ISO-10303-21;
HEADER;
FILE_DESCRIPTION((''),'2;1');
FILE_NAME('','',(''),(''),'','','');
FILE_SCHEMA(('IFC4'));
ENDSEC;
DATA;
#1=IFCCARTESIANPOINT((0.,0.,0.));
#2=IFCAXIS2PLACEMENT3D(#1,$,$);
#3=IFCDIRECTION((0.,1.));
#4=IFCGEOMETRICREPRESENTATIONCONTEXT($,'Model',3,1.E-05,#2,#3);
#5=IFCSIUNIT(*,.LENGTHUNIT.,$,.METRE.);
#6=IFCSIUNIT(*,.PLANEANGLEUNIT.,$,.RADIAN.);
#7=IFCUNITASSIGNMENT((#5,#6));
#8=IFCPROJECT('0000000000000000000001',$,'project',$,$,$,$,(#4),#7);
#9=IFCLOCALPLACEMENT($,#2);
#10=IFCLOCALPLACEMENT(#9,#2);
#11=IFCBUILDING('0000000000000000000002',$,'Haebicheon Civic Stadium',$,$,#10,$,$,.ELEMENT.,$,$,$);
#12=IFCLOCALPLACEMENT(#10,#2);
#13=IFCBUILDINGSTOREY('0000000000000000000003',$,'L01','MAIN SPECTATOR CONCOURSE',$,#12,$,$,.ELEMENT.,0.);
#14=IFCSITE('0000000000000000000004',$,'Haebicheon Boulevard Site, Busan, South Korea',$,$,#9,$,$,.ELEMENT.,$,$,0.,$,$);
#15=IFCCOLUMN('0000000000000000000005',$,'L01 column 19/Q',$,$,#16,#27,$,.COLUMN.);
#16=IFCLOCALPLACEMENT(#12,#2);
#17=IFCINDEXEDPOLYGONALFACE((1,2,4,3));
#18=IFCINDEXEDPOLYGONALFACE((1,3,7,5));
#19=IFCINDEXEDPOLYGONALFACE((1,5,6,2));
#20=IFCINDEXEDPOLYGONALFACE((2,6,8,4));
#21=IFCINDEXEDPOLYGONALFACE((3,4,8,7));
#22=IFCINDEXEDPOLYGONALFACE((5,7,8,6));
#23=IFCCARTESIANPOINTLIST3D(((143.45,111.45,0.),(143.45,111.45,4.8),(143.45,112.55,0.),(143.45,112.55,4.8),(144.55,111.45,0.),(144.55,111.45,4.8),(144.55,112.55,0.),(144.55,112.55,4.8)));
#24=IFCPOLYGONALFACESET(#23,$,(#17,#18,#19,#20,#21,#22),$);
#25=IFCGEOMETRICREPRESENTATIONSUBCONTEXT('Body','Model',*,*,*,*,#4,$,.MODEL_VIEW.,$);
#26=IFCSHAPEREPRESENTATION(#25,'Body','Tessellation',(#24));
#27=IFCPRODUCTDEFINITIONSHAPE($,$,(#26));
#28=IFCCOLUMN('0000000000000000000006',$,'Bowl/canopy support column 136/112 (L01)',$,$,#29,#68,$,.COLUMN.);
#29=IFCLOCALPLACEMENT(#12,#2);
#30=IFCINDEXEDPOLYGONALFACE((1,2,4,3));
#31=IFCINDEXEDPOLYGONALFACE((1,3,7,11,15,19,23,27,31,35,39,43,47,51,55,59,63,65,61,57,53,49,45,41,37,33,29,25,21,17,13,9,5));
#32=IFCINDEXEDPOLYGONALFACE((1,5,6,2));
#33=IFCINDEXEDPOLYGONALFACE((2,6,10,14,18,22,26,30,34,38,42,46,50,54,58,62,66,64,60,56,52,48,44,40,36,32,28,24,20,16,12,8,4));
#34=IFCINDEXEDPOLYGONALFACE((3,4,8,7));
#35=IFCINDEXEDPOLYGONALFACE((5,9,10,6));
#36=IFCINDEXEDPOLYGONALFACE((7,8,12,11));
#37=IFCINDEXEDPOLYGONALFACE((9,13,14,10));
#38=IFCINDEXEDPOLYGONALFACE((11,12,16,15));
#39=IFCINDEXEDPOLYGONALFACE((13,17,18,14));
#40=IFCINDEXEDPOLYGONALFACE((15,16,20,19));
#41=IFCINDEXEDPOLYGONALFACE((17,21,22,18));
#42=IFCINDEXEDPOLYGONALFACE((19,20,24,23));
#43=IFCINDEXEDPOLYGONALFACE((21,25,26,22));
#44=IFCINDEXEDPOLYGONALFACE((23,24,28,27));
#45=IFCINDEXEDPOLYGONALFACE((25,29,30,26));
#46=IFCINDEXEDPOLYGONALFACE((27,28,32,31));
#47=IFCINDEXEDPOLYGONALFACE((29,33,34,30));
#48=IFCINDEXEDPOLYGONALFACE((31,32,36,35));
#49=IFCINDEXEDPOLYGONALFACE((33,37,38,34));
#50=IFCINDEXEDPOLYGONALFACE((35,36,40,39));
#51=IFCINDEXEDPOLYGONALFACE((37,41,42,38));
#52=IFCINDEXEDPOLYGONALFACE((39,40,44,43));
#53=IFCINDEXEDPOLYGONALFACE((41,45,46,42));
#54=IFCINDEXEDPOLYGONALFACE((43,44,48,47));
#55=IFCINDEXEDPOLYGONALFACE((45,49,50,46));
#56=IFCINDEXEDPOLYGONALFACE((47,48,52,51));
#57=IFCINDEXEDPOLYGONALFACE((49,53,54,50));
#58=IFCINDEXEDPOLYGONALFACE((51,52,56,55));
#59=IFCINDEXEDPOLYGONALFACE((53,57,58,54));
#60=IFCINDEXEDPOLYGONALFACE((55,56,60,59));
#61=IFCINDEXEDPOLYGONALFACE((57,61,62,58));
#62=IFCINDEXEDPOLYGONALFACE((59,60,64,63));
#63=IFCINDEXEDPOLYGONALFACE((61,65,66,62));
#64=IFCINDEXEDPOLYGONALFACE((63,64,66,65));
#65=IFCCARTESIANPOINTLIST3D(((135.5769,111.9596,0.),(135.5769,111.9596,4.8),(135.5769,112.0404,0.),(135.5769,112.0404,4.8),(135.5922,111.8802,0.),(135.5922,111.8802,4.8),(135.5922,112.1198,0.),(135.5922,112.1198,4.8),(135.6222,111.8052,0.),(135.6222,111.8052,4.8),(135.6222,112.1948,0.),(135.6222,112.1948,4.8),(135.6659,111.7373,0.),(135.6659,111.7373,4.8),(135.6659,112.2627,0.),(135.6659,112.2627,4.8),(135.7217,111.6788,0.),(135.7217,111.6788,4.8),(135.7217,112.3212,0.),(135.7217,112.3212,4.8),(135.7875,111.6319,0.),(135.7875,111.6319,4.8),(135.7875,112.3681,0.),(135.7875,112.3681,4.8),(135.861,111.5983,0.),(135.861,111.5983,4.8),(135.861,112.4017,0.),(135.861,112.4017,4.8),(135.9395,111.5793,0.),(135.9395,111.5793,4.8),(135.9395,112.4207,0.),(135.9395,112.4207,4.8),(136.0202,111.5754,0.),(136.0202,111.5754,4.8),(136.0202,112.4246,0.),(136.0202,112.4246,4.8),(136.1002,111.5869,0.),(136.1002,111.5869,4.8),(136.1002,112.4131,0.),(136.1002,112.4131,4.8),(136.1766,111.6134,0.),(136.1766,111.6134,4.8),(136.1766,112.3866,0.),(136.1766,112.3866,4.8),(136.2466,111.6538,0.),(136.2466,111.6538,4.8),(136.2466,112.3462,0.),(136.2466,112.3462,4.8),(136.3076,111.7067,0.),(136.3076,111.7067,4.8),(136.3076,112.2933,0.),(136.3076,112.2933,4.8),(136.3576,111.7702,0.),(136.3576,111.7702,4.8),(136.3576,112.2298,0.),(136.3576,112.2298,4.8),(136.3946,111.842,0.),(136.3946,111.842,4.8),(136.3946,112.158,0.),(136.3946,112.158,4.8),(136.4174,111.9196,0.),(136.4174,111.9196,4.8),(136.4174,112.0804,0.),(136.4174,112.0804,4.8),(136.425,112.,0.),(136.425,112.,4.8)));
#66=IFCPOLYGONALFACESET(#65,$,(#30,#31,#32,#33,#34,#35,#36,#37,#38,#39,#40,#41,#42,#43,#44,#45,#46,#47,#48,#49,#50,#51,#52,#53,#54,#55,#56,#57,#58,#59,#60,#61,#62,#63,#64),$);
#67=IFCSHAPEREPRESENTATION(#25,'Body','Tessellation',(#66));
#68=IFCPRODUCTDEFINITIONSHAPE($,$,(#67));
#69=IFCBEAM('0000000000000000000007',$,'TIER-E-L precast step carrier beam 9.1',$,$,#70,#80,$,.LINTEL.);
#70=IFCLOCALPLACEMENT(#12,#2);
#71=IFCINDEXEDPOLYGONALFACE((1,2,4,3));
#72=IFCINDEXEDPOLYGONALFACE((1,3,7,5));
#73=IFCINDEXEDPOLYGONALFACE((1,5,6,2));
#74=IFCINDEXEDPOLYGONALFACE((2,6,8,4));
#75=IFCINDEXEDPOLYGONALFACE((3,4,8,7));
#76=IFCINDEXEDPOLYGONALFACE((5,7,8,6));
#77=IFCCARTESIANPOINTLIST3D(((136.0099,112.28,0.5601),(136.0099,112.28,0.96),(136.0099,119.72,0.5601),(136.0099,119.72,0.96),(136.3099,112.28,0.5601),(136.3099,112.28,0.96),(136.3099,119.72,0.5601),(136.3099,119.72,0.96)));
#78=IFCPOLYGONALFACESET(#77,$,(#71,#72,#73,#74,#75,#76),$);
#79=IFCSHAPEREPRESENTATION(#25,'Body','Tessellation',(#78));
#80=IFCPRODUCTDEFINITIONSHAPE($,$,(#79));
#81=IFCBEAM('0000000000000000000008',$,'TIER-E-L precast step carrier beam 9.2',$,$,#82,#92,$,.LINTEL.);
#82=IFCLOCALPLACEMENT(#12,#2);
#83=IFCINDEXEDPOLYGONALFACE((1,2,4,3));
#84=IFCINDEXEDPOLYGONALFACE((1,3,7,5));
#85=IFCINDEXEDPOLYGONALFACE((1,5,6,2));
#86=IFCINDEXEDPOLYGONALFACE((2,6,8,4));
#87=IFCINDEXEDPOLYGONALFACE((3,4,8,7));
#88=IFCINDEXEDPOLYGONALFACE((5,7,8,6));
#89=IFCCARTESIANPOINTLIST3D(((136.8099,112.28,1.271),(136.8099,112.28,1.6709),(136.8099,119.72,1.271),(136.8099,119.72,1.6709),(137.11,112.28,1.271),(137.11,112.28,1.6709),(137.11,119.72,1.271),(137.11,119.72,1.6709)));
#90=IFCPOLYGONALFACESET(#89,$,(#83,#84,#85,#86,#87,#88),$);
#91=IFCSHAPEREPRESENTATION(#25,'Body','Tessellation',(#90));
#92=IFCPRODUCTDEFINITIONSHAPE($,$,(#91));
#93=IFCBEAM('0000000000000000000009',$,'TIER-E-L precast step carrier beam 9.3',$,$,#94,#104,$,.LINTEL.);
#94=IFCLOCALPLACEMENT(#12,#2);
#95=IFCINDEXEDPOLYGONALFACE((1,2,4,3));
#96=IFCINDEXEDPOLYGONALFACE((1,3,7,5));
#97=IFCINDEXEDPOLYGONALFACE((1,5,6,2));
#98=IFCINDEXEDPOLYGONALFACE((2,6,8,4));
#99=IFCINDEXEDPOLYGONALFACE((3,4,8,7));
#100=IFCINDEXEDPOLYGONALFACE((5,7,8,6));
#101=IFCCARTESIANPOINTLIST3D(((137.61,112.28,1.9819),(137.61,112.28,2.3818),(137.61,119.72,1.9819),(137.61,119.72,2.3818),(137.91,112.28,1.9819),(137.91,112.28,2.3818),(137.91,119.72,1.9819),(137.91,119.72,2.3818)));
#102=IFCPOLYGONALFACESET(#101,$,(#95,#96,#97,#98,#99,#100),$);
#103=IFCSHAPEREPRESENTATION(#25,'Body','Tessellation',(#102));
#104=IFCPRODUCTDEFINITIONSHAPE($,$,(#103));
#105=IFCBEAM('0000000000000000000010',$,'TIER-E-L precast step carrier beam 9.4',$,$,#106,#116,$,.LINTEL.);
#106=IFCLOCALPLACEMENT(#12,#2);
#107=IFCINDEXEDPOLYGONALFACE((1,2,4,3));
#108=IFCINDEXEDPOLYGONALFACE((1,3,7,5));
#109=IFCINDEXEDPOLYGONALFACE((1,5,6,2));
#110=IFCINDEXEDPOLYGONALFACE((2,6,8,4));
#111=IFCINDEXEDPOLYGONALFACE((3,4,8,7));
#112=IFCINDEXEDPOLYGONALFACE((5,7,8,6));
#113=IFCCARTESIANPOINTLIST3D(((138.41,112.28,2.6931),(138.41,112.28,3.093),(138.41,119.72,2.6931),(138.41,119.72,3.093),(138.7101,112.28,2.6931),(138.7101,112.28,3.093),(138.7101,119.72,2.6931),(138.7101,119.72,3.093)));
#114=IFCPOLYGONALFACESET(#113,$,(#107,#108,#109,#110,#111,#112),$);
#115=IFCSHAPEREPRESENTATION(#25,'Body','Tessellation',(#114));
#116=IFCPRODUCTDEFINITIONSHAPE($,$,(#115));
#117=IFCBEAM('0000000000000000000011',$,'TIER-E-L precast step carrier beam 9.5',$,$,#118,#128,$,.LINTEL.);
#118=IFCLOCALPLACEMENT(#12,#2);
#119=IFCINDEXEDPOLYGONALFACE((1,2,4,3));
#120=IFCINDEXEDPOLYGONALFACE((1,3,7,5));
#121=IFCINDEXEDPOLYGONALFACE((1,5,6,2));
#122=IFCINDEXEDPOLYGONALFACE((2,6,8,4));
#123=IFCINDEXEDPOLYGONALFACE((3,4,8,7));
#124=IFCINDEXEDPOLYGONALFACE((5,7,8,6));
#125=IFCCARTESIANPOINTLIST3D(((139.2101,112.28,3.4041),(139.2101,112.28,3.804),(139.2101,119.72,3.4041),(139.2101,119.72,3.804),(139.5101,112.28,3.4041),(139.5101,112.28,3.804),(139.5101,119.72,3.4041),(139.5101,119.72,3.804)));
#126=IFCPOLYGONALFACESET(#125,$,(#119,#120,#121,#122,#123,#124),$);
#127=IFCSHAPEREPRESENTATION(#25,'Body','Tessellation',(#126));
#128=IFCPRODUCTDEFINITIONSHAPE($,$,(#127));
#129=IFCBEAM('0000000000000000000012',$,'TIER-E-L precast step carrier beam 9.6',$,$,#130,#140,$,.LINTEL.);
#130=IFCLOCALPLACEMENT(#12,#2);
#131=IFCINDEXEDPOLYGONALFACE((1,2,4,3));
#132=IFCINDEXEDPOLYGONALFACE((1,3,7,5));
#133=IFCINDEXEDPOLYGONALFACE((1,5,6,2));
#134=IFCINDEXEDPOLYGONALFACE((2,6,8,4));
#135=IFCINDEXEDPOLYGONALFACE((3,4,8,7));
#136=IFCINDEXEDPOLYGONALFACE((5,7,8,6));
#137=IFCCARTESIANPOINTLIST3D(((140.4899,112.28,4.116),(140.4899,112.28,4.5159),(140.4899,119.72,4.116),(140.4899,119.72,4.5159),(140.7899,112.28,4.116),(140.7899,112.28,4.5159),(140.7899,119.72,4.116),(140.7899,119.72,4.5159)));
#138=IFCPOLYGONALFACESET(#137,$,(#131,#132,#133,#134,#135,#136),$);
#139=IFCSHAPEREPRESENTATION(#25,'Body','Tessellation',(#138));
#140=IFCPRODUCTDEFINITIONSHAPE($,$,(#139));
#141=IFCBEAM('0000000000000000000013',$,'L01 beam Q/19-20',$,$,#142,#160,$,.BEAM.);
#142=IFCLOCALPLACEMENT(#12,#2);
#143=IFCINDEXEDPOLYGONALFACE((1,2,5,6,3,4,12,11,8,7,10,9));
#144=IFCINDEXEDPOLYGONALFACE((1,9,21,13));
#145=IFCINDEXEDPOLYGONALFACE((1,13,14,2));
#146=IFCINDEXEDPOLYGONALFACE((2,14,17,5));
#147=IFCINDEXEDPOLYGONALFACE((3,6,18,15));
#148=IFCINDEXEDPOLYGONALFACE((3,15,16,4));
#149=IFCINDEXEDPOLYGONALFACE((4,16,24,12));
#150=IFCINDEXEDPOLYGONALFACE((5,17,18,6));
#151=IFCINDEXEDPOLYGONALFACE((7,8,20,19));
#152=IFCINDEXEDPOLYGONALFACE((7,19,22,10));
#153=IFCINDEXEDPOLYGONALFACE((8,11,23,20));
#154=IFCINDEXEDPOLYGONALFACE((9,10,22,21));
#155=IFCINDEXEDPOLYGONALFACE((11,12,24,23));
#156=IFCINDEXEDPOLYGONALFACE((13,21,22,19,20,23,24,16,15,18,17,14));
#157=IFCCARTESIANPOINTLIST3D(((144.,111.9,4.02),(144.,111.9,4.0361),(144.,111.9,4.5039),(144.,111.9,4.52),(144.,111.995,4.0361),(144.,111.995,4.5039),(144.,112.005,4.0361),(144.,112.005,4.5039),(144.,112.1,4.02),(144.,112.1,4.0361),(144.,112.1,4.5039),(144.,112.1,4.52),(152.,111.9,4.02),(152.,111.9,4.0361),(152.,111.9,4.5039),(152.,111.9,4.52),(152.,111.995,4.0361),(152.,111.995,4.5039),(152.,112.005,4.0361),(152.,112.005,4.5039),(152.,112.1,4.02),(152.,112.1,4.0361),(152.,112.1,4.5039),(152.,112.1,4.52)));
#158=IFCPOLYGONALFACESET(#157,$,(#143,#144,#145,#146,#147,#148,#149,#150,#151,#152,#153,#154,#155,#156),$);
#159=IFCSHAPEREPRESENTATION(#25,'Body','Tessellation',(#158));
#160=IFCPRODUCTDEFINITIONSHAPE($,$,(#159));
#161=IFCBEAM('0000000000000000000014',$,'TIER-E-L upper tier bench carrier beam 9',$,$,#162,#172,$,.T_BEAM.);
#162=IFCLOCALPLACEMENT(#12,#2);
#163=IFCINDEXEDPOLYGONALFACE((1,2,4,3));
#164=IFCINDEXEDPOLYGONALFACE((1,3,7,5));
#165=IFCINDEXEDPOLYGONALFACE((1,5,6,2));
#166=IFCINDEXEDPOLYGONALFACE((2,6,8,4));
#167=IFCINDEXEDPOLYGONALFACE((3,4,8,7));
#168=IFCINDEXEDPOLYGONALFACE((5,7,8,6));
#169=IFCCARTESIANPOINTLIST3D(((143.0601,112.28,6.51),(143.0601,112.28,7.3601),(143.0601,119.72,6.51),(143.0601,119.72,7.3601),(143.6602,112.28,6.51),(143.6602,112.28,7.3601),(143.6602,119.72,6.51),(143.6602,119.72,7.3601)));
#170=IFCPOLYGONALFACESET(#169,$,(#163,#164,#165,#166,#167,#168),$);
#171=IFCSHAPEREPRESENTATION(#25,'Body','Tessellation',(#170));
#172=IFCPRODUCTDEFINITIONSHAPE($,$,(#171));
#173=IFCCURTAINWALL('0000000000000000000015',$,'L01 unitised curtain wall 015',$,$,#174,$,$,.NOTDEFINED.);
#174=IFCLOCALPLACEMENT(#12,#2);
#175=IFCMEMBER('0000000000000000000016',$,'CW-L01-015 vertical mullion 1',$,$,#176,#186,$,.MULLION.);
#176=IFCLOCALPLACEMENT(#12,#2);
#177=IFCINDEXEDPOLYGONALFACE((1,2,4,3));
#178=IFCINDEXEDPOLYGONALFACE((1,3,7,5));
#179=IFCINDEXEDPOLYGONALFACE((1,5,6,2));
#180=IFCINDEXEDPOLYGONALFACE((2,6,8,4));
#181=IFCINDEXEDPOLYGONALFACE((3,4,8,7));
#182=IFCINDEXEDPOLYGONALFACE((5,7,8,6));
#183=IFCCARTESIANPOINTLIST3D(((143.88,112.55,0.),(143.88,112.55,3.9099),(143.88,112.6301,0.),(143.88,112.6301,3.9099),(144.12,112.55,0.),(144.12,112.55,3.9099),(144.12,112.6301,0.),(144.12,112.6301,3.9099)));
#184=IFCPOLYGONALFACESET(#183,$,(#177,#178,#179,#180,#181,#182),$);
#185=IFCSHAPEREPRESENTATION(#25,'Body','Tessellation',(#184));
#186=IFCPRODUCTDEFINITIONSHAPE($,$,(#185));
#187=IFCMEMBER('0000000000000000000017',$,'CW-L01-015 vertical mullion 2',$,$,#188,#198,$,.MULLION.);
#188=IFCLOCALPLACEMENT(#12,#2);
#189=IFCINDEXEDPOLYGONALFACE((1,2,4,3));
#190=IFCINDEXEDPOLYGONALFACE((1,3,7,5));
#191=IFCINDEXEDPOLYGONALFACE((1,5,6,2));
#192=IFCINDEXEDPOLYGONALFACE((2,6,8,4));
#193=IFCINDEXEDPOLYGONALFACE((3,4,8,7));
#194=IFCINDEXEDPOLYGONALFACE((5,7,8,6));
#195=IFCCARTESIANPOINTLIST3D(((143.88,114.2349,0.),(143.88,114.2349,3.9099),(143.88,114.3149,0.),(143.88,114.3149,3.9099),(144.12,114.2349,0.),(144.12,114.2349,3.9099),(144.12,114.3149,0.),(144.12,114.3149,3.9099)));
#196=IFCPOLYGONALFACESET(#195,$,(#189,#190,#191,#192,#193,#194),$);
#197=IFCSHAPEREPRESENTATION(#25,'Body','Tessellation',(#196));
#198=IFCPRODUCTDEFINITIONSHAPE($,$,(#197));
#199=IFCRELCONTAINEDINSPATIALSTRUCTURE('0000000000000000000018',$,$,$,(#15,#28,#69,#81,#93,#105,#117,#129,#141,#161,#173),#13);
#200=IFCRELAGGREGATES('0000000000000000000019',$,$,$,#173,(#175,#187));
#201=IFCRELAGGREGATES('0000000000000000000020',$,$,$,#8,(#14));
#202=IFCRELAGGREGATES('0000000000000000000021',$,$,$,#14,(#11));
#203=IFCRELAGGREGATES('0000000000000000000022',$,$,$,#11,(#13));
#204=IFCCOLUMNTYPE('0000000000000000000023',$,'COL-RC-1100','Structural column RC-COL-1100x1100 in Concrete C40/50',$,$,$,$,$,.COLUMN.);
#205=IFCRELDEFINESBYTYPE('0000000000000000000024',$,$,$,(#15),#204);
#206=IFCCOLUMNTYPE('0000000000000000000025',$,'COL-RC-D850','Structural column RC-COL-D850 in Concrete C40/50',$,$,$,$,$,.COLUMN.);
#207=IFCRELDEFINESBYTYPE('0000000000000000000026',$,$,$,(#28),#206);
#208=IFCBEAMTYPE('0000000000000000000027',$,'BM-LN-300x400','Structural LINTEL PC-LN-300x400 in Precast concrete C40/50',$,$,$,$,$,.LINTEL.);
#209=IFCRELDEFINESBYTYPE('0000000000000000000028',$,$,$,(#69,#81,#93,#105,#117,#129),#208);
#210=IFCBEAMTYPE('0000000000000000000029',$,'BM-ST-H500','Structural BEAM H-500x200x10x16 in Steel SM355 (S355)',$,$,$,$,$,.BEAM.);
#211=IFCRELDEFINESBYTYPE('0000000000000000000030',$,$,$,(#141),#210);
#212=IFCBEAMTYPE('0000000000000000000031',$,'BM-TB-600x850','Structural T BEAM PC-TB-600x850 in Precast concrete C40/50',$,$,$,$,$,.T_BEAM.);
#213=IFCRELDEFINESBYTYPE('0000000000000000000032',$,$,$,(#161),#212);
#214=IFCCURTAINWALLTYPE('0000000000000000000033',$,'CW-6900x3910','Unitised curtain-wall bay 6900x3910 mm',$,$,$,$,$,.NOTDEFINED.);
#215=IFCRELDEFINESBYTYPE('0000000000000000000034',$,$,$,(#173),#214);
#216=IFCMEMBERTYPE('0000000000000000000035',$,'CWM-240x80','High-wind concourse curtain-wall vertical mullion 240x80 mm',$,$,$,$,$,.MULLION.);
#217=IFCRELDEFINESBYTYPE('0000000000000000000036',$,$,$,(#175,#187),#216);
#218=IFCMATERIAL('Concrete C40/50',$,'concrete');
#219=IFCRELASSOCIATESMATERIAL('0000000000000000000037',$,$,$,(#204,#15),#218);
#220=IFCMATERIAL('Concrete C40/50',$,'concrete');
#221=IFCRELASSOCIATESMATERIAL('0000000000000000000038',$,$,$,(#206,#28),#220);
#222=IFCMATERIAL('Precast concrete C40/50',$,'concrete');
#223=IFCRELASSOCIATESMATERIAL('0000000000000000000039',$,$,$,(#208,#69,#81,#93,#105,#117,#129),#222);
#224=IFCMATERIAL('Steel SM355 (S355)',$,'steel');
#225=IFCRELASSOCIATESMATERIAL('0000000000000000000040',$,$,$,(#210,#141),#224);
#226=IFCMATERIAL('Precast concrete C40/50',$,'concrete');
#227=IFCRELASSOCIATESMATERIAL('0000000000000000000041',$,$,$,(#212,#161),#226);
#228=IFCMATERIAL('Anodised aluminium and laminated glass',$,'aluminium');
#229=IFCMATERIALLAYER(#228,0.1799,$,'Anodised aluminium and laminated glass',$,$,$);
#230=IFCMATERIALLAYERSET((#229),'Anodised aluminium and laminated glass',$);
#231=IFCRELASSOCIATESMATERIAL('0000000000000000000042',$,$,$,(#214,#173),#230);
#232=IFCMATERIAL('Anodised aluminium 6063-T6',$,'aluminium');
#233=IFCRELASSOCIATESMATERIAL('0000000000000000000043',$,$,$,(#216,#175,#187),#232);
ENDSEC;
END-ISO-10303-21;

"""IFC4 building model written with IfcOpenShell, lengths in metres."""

from ifc_helpers import new_model, si_unit, direction, frame, origin, origin_2d, place, context, subcontext, project, spatial, rectangle, circle, i_section, extrude, material, layer, layer_set, material_profile, profile_set, type_object, element, aggregate, save


model = new_model("IFC4")

# Units and contexts
model_context = context("Model", 3, precision=1e-05, world=origin(), true_north=direction((0.0, 1.0)))
body_context = subcontext(model_context, "Body", "Model", "MODEL_VIEW")
ifc_project = project(units=[si_unit("LENGTHUNIT", "METRE"), si_unit("PLANEANGLEUNIT", "RADIAN")], contexts=[model_context])

# Site, building, storey
site_placement = place(None, origin())
site = spatial("IfcSite", under=ifc_project, at=site_placement, Name="Haebicheon Boulevard Site, Busan, South Korea", CompositionType="ELEMENT", RefElevation=0.0)
building_placement = place(site_placement, origin())
building = spatial("IfcBuilding", under=site, at=building_placement, Name="Haebicheon Civic Stadium", CompositionType="ELEMENT")
storey_placement = place(building_placement, origin())
storey = spatial("IfcBuildingStorey", under=building, at=storey_placement, Name="L01", Description="MAIN SPECTATOR CONCOURSE", CompositionType="ELEMENT", Elevation=0.0)

# Columns
ifc_material_1 = material(Name="Concrete C40/50", Category="concrete")
ifc_material_profile_1 = material_profile(ifc_material_1, rectangle(XDim=1.1001, YDim=1.1001, at=origin_2d()), Name="RC-COL-1100x1100")
ifc_profile_set_1 = profile_set([ifc_material_profile_1], Name="Concrete C40/50")
column_type_1 = type_object("IfcColumnType", Name="COL-RC-1100", Description="Structural column RC-COL-1100x1100 in Concrete C40/50", PredefinedType="COLUMN", material=ifc_profile_set_1)
column_1_placement = place(storey_placement, frame((144.0, 112.0, 0.0), z_axis=(0.0, 0.0, 1.0), x_axis=(1.0, 0.0, 0.0)))
element("IfcColumn", 1, at=column_1_placement, inside=storey, type_object=column_type_1, material=ifc_profile_set_1, Name="L01 column 19/Q", PredefinedType="COLUMN", context=body_context, shape_type="SweptSolid", body=[
    extrude(rectangle(XDim=1.1001, YDim=1.1001, at=origin_2d()), origin(), (0.0, 0.0, 1.0), 4.8),
])
ifc_material_2 = material(Name="Concrete C40/50", Category="concrete")
ifc_material_profile_2 = material_profile(ifc_material_2, circle(Radius=0.425, at=origin_2d()), Name="RC-COL-D850")
ifc_profile_set_2 = profile_set([ifc_material_profile_2], Name="Concrete C40/50")
column_type_2 = type_object("IfcColumnType", Name="COL-RC-D850", Description="Structural column RC-COL-D850 in Concrete C40/50", PredefinedType="COLUMN", material=ifc_profile_set_2)
column_2_placement = place(storey_placement, frame((136.0, 112.0, 0.0), z_axis=(0.0, 0.0, 1.0), x_axis=(1.0, 0.0, 0.0)))
element("IfcColumn", 2, at=column_2_placement, inside=storey, type_object=column_type_2, material=ifc_profile_set_2, Name="Bowl/canopy support column 136/112 (L01)", PredefinedType="COLUMN", context=body_context, shape_type="SweptSolid", body=[
    extrude(circle(Radius=0.425, at=origin_2d()), origin(), (0.0, 0.0, 1.0), 4.8),
])

# Beams
ifc_material_3 = material(Name="Precast concrete C40/50", Category="concrete")
ifc_material_profile_3 = material_profile(ifc_material_3, rectangle(XDim=0.3, YDim=0.3999, at=origin_2d()), Name="PC-LN-300x400")
ifc_profile_set_3 = profile_set([ifc_material_profile_3], Name="Precast concrete C40/50")
beam_type_1 = type_object("IfcBeamType", Name="BM-LN-300x400", Description="Structural LINTEL PC-LN-300x400 in Precast concrete C40/50", PredefinedType="LINTEL", material=ifc_profile_set_3)
for number, where, z_axis, x_axis, name in (
    (3, (136.1599, 112.28, 0.76), (0.0, 1.0, 0.0), (-1.0, 0.0, 0.0), "TIER-E-L precast step carrier beam 9.1"),
    (4, (136.96, 112.28, 1.4709), (0.0, 1.0, 0.0), (-1.0, 0.0, 0.0), "TIER-E-L precast step carrier beam 9.2"),
    (5, (137.76, 112.28, 2.1819), (0.0, 1.0, 0.0), (-1.0, 0.0, 0.0), "TIER-E-L precast step carrier beam 9.3"),
    (6, (138.5601, 112.28, 2.8931), (0.0, 1.0, 0.0), (-1.0, 0.0, 0.0), "TIER-E-L precast step carrier beam 9.4"),
    (7, (139.3601, 112.28, 3.604), (0.0, 1.0, 0.0), (-1.0, 0.0, 0.0), "TIER-E-L precast step carrier beam 9.5"),
    (8, (140.6399, 112.28, 4.3159), (0.0, 1.0, 0.0), (-1.0, 0.0, 0.0), "TIER-E-L precast step carrier beam 9.6"),
):
    element("IfcBeam", number, at=place(storey_placement, frame(where, z_axis=z_axis, x_axis=x_axis)), inside=storey, type_object=beam_type_1, material=ifc_profile_set_3, Name=name, PredefinedType="LINTEL", context=body_context, shape_type="SweptSolid", body=[
        extrude(rectangle(XDim=0.3, YDim=0.3999, at=origin_2d()), origin(), (0.0, 0.0, 1.0), 7.4399),
    ])
ifc_material_4 = material(Name="Steel SM355 (S355)", Category="steel")
ifc_material_profile_4 = material_profile(ifc_material_4, i_section(OverallWidth=0.2, OverallDepth=0.5, WebThickness=0.01, FlangeThickness=0.0161, at=origin_2d()), Name="H-500x200x10x16")
ifc_profile_set_4 = profile_set([ifc_material_profile_4], Name="Steel SM355 (S355)")
beam_type_2 = type_object("IfcBeamType", Name="BM-ST-H500", Description="Structural BEAM H-500x200x10x16 in Steel SM355 (S355)", PredefinedType="BEAM", material=ifc_profile_set_4)
beam_1_placement = place(storey_placement, frame((144.0, 112.0, 4.27), z_axis=(1.0, 0.0, 0.0), x_axis=(0.0, 1.0, 0.0)))
element("IfcBeam", 9, at=beam_1_placement, inside=storey, type_object=beam_type_2, material=ifc_profile_set_4, Name="L01 beam Q/19-20", PredefinedType="BEAM", context=body_context, shape_type="SweptSolid", body=[
    extrude(i_section(OverallWidth=0.2, OverallDepth=0.5, WebThickness=0.01, FlangeThickness=0.0161, at=origin_2d()), origin(), (0.0, 0.0, 1.0), 8.0),
])
ifc_material_5 = material(Name="Precast concrete C40/50", Category="concrete")
ifc_material_profile_5 = material_profile(ifc_material_5, rectangle(XDim=0.6001, YDim=0.8501, at=origin_2d()), Name="PC-TB-600x850")
ifc_profile_set_5 = profile_set([ifc_material_profile_5], Name="Precast concrete C40/50")
beam_type_3 = type_object("IfcBeamType", Name="BM-TB-600x850", Description="Structural T BEAM PC-TB-600x850 in Precast concrete C40/50", PredefinedType="T_BEAM", material=ifc_profile_set_5)
beam_2_placement = place(storey_placement, frame((143.3601, 112.28, 6.9351), z_axis=(0.0, 1.0, 0.0), x_axis=(-1.0, 0.0, 0.0)))
element("IfcBeam", 10, at=beam_2_placement, inside=storey, type_object=beam_type_3, material=ifc_profile_set_5, Name="TIER-E-L upper tier bench carrier beam 9", PredefinedType="T_BEAM", context=body_context, shape_type="SweptSolid", body=[
    extrude(rectangle(XDim=0.6001, YDim=0.8501, at=origin_2d()), origin(), (0.0, 0.0, 1.0), 7.4399),
])

# Curtain wall, members
ifc_material_6 = material(Name="Anodised aluminium and laminated glass", Category="aluminium")
ifc_layer_1 = layer(ifc_material_6, 0.1799, Name="Anodised aluminium and laminated glass")
ifc_layer_set_1 = layer_set([ifc_layer_1], Name="Anodised aluminium and laminated glass")
curtain_wall_type = type_object("IfcCurtainWallType", Name="CW-6900x3910", Description="Unitised curtain-wall bay 6900x3910 mm", PredefinedType="NOTDEFINED", material=ifc_layer_set_1)
curtain_wall_placement = place(storey_placement, origin())
curtain_wall = element("IfcCurtainWall", 11, at=curtain_wall_placement, inside=storey, type_object=curtain_wall_type, material=ifc_layer_set_1, Name="L01 unitised curtain wall 015", PredefinedType="NOTDEFINED")
ifc_material_7 = material(Name="Anodised aluminium 6063-T6", Category="aluminium")
ifc_material_profile_6 = material_profile(ifc_material_7, rectangle(XDim=0.0801, YDim=0.24, at=origin_2d()), Name="ALU-MULL-80x240")
ifc_profile_set_6 = profile_set([ifc_material_profile_6], Name="Anodised aluminium 6063-T6")
member_type_1 = type_object("IfcMemberType", Name="CWM-240x80", Description="High-wind concourse curtain-wall vertical mullion 240x80 mm", PredefinedType="MULLION", material=ifc_profile_set_6)
member_1_placement = place(storey_placement, frame((144.0, 112.5901, 0.0), z_axis=(0.0, 0.0, 1.0), x_axis=(0.0, 1.0, 0.0)))
member_1 = element("IfcMember", 12, at=member_1_placement, type_object=member_type_1, material=ifc_profile_set_6, Name="CW-L01-015 vertical mullion 1", PredefinedType="MULLION", context=body_context, shape_type="SweptSolid", body=[
    extrude(rectangle(XDim=0.0801, YDim=0.24, at=origin_2d()), origin(), (0.0, 0.0, 1.0), 3.9099),
])
member_2_placement = place(storey_placement, frame((144.0, 114.2749, 0.0), z_axis=(0.0, 0.0, 1.0), x_axis=(0.0, 1.0, 0.0)))
member_2 = element("IfcMember", 13, at=member_2_placement, type_object=member_type_1, material=ifc_profile_set_6, Name="CW-L01-015 vertical mullion 2", PredefinedType="MULLION", context=body_context, shape_type="SweptSolid", body=[
    extrude(rectangle(XDim=0.0801, YDim=0.24, at=origin_2d()), origin(), (0.0, 0.0, 1.0), 3.9099),
])

aggregate(curtain_wall, [member_1, member_2])

save(model, "model.ifc")
